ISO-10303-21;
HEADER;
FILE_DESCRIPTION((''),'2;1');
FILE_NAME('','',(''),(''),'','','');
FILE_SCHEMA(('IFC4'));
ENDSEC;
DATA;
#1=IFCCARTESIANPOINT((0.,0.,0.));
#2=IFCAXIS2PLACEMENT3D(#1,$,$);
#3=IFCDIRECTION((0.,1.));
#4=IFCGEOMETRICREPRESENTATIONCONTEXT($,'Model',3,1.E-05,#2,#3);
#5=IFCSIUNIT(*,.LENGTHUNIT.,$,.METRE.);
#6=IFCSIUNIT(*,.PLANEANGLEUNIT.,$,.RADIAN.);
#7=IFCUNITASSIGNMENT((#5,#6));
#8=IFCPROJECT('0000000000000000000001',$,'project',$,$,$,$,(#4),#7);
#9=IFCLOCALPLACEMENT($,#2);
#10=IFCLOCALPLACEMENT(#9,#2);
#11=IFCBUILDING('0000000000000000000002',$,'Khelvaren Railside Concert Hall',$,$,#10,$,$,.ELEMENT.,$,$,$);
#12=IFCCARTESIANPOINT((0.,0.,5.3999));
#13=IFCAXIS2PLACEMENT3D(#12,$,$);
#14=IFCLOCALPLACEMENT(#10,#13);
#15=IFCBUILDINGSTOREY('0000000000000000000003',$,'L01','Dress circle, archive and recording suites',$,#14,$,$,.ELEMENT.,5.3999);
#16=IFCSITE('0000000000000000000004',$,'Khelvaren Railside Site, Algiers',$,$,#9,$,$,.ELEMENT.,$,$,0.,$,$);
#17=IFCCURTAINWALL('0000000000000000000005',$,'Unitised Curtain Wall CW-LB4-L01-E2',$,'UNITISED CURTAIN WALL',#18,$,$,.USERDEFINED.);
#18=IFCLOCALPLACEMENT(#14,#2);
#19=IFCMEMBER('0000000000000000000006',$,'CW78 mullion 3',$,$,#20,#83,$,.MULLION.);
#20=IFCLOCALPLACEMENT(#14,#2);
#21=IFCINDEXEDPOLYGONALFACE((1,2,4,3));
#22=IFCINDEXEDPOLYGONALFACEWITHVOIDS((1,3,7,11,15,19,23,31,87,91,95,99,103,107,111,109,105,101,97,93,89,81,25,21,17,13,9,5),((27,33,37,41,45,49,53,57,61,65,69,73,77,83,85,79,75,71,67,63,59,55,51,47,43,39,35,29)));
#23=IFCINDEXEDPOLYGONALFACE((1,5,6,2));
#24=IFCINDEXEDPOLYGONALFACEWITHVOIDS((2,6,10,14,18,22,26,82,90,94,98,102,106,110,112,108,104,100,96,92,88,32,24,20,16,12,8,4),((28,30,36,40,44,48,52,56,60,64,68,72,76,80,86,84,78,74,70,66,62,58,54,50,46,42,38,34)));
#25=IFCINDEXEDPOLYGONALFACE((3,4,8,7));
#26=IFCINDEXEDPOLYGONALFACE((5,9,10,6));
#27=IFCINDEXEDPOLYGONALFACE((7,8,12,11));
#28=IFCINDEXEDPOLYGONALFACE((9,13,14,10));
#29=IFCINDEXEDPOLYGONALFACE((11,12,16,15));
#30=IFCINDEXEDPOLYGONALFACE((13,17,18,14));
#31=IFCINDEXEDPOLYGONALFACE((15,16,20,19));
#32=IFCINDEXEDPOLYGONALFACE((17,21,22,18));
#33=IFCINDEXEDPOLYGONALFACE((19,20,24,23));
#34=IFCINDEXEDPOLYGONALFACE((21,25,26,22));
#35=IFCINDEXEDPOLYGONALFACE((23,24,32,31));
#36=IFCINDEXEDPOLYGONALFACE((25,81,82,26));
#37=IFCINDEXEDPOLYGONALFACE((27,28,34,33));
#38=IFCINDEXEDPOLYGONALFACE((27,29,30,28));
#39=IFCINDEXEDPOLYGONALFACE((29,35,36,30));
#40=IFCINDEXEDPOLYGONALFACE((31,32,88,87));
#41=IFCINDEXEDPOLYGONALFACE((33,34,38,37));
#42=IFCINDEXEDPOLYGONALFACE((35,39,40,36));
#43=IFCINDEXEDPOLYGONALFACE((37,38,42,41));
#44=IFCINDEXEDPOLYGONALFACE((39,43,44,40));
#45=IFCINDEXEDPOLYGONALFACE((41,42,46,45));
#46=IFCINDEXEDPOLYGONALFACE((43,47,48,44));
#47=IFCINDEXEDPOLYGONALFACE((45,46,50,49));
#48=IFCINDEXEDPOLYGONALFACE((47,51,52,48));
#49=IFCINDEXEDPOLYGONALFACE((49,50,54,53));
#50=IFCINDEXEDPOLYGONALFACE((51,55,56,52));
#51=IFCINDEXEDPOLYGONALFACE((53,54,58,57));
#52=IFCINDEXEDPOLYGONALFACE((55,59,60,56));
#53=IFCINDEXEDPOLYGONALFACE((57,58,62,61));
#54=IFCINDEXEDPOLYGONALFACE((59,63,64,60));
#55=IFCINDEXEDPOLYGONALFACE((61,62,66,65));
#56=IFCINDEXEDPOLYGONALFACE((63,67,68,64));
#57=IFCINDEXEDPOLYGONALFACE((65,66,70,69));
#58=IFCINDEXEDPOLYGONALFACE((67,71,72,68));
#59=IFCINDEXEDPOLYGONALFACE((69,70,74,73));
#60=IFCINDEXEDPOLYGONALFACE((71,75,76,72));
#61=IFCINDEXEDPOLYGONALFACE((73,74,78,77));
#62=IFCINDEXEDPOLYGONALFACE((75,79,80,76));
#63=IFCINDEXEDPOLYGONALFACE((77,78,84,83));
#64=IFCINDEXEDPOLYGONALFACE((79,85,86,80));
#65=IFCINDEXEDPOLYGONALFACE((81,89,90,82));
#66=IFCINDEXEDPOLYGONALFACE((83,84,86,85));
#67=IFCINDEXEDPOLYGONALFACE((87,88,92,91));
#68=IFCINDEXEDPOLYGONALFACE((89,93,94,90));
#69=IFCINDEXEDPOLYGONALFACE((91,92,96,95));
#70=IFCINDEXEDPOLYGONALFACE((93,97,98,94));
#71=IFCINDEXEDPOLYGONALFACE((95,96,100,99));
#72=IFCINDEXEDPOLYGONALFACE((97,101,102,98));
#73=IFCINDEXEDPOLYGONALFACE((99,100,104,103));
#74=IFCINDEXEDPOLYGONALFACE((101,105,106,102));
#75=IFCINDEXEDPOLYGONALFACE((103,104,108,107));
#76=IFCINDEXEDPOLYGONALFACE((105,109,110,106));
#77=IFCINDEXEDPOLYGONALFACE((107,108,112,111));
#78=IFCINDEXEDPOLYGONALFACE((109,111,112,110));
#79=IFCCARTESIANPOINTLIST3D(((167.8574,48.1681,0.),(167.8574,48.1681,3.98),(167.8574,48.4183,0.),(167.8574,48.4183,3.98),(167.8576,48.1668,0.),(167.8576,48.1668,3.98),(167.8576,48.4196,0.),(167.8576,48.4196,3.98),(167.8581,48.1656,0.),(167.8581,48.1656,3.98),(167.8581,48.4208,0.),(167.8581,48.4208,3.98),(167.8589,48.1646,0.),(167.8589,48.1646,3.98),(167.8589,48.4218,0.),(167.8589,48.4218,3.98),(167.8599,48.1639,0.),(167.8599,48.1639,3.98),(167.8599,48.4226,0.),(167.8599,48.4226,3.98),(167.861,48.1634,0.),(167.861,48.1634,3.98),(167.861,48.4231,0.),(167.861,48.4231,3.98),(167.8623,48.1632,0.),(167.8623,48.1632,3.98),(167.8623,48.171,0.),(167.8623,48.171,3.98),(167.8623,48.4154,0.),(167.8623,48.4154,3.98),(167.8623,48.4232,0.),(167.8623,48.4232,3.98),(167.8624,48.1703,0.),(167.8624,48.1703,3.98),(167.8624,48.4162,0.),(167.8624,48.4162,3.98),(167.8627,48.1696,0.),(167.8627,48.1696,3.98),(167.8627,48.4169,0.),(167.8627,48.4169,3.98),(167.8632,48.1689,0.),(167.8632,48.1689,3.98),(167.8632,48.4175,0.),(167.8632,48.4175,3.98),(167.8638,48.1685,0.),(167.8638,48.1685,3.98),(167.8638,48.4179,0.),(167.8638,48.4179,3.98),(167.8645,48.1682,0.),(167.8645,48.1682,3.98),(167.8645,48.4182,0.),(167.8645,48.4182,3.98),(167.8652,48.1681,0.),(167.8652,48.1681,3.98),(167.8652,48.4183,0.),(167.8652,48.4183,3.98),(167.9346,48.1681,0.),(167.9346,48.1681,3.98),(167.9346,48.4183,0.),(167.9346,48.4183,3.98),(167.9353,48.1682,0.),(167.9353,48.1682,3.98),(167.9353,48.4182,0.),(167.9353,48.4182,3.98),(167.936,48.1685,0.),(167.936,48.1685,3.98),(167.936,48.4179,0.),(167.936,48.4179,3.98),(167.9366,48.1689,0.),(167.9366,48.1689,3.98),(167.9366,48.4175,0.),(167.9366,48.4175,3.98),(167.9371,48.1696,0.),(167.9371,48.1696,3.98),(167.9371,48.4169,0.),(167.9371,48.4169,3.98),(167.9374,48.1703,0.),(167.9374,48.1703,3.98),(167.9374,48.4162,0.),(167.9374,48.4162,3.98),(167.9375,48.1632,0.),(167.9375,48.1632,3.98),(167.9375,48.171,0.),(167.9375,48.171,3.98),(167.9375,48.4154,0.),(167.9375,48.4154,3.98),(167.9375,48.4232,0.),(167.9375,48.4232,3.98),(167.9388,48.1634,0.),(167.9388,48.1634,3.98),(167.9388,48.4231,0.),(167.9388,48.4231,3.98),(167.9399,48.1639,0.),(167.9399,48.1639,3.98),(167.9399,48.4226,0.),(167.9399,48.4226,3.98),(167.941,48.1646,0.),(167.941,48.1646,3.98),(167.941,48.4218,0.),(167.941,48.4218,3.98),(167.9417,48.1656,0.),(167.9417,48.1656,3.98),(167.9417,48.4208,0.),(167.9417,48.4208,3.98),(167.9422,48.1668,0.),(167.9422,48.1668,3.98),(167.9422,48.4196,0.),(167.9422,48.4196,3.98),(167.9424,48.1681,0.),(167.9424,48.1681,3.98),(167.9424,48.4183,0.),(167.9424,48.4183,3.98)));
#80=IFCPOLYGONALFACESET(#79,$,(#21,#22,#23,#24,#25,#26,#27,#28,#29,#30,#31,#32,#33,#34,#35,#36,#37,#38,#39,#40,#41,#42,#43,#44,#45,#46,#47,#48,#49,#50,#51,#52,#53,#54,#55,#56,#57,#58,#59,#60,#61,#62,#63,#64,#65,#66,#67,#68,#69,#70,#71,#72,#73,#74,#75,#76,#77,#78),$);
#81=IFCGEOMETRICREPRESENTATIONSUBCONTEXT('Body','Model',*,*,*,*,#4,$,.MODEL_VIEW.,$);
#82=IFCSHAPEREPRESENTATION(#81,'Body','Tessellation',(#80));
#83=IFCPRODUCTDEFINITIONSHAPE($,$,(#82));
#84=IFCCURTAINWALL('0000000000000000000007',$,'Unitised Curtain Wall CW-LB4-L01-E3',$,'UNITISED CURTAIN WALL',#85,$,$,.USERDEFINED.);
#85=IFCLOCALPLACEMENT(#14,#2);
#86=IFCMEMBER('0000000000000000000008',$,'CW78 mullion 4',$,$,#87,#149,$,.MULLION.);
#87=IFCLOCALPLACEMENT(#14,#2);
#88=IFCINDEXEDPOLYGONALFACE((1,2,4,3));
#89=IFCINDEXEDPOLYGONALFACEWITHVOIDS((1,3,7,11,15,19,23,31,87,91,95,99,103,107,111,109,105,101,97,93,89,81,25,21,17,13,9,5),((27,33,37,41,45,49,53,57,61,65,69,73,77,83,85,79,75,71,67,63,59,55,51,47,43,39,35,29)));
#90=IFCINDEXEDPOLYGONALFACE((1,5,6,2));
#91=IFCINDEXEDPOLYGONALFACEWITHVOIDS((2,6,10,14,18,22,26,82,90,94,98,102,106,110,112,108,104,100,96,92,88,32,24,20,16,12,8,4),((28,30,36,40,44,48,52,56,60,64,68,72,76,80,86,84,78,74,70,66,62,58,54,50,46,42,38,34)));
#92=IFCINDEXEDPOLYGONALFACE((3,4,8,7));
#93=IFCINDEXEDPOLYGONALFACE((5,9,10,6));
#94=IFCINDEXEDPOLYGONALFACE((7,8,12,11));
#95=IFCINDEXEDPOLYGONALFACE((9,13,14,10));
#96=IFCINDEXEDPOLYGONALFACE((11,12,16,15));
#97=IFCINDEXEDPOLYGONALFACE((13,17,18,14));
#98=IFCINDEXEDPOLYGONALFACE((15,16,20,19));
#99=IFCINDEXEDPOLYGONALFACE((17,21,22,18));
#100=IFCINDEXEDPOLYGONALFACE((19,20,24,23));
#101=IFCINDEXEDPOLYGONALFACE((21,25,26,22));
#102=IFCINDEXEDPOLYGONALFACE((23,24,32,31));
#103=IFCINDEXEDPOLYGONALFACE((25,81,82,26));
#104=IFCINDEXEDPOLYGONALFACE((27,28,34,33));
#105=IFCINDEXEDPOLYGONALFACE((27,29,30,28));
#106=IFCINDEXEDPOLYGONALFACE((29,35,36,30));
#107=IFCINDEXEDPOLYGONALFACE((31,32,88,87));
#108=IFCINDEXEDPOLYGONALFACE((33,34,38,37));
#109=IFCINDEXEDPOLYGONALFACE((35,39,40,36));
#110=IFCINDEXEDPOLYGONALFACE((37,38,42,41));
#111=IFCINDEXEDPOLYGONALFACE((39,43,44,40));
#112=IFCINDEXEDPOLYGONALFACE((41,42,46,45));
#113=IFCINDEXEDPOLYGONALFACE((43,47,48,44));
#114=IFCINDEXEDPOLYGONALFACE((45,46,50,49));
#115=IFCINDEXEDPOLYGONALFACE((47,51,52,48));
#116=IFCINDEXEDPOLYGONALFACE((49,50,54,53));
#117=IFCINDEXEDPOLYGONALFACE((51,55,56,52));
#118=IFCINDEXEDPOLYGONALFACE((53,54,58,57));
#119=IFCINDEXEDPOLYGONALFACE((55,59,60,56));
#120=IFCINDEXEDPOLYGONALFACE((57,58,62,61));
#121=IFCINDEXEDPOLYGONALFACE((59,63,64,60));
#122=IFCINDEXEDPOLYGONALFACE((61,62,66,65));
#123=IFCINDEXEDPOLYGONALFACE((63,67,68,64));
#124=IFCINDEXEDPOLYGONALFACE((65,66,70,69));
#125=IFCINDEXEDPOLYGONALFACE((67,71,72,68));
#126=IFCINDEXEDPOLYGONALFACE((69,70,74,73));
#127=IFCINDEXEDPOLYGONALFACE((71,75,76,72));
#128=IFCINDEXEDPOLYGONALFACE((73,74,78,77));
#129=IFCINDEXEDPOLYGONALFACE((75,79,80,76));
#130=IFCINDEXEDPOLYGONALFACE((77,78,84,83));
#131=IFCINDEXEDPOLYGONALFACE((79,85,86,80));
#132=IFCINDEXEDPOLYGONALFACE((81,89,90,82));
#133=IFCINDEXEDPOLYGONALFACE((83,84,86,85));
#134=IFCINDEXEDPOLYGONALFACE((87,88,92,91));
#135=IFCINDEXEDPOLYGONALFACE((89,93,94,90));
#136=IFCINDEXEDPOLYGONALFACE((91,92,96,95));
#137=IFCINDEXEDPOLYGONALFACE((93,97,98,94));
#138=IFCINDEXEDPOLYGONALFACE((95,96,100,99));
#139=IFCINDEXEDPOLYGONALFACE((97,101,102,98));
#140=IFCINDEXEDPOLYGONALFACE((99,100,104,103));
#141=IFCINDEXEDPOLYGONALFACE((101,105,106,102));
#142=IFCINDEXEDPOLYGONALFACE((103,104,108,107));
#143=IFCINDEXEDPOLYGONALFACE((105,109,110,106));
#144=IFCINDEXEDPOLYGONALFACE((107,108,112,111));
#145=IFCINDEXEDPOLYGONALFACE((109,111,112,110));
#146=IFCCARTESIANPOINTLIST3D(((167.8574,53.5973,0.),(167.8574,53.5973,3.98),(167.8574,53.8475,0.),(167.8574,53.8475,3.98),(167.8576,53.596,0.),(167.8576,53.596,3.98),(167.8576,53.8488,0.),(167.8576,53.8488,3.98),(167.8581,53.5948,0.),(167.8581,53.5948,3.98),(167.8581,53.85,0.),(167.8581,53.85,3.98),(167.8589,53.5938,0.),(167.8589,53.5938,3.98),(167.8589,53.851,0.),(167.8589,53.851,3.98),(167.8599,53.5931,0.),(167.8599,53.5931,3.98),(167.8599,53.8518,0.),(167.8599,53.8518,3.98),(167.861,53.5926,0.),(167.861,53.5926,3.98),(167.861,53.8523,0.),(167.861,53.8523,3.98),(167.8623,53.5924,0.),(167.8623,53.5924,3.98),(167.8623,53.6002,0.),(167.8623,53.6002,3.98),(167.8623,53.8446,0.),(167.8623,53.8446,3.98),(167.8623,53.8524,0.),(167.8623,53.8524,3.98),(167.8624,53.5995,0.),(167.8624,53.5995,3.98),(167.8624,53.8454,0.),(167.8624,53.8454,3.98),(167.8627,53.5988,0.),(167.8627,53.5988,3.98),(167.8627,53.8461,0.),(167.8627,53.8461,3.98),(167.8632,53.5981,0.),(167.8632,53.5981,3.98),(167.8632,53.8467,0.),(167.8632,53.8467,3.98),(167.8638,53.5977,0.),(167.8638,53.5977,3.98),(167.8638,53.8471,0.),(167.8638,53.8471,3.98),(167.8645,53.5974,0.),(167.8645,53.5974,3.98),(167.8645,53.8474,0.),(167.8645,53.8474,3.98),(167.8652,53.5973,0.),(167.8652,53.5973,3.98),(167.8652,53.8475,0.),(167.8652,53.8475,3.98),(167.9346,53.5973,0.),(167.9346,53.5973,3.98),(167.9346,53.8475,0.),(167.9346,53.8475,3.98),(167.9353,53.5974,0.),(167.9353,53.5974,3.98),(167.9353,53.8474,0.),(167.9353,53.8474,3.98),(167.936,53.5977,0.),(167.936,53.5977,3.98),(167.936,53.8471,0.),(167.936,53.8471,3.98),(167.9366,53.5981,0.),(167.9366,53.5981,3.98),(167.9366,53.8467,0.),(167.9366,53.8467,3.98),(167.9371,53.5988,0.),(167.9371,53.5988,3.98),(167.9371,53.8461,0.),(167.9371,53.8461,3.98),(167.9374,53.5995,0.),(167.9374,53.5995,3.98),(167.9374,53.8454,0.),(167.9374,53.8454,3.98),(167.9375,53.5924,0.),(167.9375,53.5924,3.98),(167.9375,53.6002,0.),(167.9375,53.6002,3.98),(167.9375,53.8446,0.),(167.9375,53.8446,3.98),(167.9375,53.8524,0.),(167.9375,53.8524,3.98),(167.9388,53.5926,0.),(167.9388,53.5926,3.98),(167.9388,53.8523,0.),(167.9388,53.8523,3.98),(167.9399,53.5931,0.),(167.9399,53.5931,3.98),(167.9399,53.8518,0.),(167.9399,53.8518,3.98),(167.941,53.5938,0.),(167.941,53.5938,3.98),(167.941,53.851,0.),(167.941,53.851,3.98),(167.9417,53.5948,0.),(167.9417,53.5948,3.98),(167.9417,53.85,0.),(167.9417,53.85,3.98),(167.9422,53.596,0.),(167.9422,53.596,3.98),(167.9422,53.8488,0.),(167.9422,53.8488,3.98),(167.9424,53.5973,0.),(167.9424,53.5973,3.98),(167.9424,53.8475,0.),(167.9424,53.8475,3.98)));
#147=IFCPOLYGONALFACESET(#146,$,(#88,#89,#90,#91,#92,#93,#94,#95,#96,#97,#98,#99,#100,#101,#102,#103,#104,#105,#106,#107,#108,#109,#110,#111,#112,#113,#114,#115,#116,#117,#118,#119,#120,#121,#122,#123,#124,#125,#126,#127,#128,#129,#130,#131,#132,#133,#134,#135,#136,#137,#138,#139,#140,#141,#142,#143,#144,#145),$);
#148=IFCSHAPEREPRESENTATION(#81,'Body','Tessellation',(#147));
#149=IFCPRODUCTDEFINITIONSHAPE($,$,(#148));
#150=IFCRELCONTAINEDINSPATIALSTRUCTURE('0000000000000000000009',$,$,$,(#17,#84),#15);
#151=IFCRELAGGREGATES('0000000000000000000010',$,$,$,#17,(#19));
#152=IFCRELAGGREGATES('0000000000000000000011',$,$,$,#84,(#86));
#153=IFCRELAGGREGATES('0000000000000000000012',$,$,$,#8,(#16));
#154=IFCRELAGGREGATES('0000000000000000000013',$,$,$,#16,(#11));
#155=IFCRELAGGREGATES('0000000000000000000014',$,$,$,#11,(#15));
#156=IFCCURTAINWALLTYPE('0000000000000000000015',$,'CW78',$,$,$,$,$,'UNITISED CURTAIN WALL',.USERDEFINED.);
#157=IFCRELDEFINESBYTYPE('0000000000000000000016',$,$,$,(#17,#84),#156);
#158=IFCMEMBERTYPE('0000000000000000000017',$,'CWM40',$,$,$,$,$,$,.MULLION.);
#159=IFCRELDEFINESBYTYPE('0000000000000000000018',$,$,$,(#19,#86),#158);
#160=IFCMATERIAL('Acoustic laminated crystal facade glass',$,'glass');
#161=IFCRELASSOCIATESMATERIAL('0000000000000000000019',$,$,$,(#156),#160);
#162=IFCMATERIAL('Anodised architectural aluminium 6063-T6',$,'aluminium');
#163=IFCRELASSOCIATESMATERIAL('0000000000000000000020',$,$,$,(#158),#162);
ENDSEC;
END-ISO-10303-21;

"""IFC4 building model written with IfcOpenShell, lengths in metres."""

from ifc_helpers import new_model, si_unit, direction, frame, origin, origin_2d, place, context, subcontext, project, spatial, hollow_rectangle, extrude, material, material_profile, profile_set, type_object, element, aggregate, save


model = new_model("IFC4")

# Units and contexts
model_context = context("Model", 3, precision=1e-05, world=origin(), true_north=direction((0.0, 1.0)))
body_context = subcontext(model_context, "Body", "Model", "MODEL_VIEW")
ifc_project = project(units=[si_unit("LENGTHUNIT", "METRE"), si_unit("PLANEANGLEUNIT", "RADIAN")], contexts=[model_context])

# Site, building, storey
site_placement = place(None, origin())
site = spatial("IfcSite", under=ifc_project, at=site_placement, Name="Khelvaren Railside Site, Algiers", CompositionType="ELEMENT", RefElevation=0.0)
building_placement = place(site_placement, origin())
building = spatial("IfcBuilding", under=site, at=building_placement, Name="Khelvaren Railside Concert Hall", CompositionType="ELEMENT")
storey_placement = place(building_placement, frame((0.0, 0.0, 5.3999)))
storey = spatial("IfcBuildingStorey", under=building, at=storey_placement, Name="L01", Description="Dress circle, archive and recording suites", CompositionType="ELEMENT", Elevation=5.3999)

# Curtain wall, member
ifc_material_1 = material(Name="Acoustic laminated crystal facade glass", Category="glass")
curtain_wall_type = type_object("IfcCurtainWallType", Name="CW78", ElementType="UNITISED CURTAIN WALL", PredefinedType="USERDEFINED", material=ifc_material_1)
curtain_wall_1_placement = place(storey_placement, origin())
curtain_wall_1 = element("IfcCurtainWall", 1, at=curtain_wall_1_placement, inside=storey, type_object=curtain_wall_type, Name="Unitised Curtain Wall CW-LB4-L01-E2", ObjectType="UNITISED CURTAIN WALL", PredefinedType="USERDEFINED")
ifc_material_2 = material(Name="Anodised architectural aluminium 6063-T6", Category="aluminium")
ifc_material_profile_1 = material_profile(ifc_material_2, hollow_rectangle(XDim=0.085, YDim=0.26, WallThickness=0.0049, InnerFilletRadius=0.0029, OuterFilletRadius=0.0049, at=origin_2d()), Name="CWM 85x260x5")
ifc_profile_set_1 = profile_set([ifc_material_profile_1], Name="Anodised architectural aluminium 6063-T6")
member_type_1 = type_object("IfcMemberType", Name="CWM40", PredefinedType="MULLION", material=ifc_profile_set_1)
member_1_placement = place(storey_placement, frame((167.8999, 48.2932, 0.0), z_axis=(0.0, 0.0, 1.0), x_axis=(1.0, 0.0, 0.0)))
member_1 = element("IfcMember", 2, at=member_1_placement, type_object=member_type_1, Name="CW78 mullion 3", PredefinedType="MULLION", context=body_context, shape_type="SweptSolid", body=[
    extrude(hollow_rectangle(XDim=0.085, YDim=0.26, WallThickness=0.0049, InnerFilletRadius=0.0029, OuterFilletRadius=0.0049, at=origin_2d()), origin(), (0.0, 0.0, 1.0), 3.98),
])

# Curtain wall, member
curtain_wall_2_placement = place(storey_placement, origin())
curtain_wall_2 = element("IfcCurtainWall", 3, at=curtain_wall_2_placement, inside=storey, type_object=curtain_wall_type, Name="Unitised Curtain Wall CW-LB4-L01-E3", ObjectType="UNITISED CURTAIN WALL", PredefinedType="USERDEFINED")
member_2_placement = place(storey_placement, frame((167.8999, 53.7224, 0.0), z_axis=(0.0, 0.0, 1.0), x_axis=(1.0, 0.0, 0.0)))
member_2 = element("IfcMember", 4, at=member_2_placement, type_object=member_type_1, Name="CW78 mullion 4", PredefinedType="MULLION", context=body_context, shape_type="SweptSolid", body=[
    extrude(hollow_rectangle(XDim=0.085, YDim=0.26, WallThickness=0.0049, InnerFilletRadius=0.0029, OuterFilletRadius=0.0049, at=origin_2d()), origin(), (0.0, 0.0, 1.0), 3.98),
])

aggregate(curtain_wall_1, [member_1])
aggregate(curtain_wall_2, [member_2])

save(model, "model.ifc")
